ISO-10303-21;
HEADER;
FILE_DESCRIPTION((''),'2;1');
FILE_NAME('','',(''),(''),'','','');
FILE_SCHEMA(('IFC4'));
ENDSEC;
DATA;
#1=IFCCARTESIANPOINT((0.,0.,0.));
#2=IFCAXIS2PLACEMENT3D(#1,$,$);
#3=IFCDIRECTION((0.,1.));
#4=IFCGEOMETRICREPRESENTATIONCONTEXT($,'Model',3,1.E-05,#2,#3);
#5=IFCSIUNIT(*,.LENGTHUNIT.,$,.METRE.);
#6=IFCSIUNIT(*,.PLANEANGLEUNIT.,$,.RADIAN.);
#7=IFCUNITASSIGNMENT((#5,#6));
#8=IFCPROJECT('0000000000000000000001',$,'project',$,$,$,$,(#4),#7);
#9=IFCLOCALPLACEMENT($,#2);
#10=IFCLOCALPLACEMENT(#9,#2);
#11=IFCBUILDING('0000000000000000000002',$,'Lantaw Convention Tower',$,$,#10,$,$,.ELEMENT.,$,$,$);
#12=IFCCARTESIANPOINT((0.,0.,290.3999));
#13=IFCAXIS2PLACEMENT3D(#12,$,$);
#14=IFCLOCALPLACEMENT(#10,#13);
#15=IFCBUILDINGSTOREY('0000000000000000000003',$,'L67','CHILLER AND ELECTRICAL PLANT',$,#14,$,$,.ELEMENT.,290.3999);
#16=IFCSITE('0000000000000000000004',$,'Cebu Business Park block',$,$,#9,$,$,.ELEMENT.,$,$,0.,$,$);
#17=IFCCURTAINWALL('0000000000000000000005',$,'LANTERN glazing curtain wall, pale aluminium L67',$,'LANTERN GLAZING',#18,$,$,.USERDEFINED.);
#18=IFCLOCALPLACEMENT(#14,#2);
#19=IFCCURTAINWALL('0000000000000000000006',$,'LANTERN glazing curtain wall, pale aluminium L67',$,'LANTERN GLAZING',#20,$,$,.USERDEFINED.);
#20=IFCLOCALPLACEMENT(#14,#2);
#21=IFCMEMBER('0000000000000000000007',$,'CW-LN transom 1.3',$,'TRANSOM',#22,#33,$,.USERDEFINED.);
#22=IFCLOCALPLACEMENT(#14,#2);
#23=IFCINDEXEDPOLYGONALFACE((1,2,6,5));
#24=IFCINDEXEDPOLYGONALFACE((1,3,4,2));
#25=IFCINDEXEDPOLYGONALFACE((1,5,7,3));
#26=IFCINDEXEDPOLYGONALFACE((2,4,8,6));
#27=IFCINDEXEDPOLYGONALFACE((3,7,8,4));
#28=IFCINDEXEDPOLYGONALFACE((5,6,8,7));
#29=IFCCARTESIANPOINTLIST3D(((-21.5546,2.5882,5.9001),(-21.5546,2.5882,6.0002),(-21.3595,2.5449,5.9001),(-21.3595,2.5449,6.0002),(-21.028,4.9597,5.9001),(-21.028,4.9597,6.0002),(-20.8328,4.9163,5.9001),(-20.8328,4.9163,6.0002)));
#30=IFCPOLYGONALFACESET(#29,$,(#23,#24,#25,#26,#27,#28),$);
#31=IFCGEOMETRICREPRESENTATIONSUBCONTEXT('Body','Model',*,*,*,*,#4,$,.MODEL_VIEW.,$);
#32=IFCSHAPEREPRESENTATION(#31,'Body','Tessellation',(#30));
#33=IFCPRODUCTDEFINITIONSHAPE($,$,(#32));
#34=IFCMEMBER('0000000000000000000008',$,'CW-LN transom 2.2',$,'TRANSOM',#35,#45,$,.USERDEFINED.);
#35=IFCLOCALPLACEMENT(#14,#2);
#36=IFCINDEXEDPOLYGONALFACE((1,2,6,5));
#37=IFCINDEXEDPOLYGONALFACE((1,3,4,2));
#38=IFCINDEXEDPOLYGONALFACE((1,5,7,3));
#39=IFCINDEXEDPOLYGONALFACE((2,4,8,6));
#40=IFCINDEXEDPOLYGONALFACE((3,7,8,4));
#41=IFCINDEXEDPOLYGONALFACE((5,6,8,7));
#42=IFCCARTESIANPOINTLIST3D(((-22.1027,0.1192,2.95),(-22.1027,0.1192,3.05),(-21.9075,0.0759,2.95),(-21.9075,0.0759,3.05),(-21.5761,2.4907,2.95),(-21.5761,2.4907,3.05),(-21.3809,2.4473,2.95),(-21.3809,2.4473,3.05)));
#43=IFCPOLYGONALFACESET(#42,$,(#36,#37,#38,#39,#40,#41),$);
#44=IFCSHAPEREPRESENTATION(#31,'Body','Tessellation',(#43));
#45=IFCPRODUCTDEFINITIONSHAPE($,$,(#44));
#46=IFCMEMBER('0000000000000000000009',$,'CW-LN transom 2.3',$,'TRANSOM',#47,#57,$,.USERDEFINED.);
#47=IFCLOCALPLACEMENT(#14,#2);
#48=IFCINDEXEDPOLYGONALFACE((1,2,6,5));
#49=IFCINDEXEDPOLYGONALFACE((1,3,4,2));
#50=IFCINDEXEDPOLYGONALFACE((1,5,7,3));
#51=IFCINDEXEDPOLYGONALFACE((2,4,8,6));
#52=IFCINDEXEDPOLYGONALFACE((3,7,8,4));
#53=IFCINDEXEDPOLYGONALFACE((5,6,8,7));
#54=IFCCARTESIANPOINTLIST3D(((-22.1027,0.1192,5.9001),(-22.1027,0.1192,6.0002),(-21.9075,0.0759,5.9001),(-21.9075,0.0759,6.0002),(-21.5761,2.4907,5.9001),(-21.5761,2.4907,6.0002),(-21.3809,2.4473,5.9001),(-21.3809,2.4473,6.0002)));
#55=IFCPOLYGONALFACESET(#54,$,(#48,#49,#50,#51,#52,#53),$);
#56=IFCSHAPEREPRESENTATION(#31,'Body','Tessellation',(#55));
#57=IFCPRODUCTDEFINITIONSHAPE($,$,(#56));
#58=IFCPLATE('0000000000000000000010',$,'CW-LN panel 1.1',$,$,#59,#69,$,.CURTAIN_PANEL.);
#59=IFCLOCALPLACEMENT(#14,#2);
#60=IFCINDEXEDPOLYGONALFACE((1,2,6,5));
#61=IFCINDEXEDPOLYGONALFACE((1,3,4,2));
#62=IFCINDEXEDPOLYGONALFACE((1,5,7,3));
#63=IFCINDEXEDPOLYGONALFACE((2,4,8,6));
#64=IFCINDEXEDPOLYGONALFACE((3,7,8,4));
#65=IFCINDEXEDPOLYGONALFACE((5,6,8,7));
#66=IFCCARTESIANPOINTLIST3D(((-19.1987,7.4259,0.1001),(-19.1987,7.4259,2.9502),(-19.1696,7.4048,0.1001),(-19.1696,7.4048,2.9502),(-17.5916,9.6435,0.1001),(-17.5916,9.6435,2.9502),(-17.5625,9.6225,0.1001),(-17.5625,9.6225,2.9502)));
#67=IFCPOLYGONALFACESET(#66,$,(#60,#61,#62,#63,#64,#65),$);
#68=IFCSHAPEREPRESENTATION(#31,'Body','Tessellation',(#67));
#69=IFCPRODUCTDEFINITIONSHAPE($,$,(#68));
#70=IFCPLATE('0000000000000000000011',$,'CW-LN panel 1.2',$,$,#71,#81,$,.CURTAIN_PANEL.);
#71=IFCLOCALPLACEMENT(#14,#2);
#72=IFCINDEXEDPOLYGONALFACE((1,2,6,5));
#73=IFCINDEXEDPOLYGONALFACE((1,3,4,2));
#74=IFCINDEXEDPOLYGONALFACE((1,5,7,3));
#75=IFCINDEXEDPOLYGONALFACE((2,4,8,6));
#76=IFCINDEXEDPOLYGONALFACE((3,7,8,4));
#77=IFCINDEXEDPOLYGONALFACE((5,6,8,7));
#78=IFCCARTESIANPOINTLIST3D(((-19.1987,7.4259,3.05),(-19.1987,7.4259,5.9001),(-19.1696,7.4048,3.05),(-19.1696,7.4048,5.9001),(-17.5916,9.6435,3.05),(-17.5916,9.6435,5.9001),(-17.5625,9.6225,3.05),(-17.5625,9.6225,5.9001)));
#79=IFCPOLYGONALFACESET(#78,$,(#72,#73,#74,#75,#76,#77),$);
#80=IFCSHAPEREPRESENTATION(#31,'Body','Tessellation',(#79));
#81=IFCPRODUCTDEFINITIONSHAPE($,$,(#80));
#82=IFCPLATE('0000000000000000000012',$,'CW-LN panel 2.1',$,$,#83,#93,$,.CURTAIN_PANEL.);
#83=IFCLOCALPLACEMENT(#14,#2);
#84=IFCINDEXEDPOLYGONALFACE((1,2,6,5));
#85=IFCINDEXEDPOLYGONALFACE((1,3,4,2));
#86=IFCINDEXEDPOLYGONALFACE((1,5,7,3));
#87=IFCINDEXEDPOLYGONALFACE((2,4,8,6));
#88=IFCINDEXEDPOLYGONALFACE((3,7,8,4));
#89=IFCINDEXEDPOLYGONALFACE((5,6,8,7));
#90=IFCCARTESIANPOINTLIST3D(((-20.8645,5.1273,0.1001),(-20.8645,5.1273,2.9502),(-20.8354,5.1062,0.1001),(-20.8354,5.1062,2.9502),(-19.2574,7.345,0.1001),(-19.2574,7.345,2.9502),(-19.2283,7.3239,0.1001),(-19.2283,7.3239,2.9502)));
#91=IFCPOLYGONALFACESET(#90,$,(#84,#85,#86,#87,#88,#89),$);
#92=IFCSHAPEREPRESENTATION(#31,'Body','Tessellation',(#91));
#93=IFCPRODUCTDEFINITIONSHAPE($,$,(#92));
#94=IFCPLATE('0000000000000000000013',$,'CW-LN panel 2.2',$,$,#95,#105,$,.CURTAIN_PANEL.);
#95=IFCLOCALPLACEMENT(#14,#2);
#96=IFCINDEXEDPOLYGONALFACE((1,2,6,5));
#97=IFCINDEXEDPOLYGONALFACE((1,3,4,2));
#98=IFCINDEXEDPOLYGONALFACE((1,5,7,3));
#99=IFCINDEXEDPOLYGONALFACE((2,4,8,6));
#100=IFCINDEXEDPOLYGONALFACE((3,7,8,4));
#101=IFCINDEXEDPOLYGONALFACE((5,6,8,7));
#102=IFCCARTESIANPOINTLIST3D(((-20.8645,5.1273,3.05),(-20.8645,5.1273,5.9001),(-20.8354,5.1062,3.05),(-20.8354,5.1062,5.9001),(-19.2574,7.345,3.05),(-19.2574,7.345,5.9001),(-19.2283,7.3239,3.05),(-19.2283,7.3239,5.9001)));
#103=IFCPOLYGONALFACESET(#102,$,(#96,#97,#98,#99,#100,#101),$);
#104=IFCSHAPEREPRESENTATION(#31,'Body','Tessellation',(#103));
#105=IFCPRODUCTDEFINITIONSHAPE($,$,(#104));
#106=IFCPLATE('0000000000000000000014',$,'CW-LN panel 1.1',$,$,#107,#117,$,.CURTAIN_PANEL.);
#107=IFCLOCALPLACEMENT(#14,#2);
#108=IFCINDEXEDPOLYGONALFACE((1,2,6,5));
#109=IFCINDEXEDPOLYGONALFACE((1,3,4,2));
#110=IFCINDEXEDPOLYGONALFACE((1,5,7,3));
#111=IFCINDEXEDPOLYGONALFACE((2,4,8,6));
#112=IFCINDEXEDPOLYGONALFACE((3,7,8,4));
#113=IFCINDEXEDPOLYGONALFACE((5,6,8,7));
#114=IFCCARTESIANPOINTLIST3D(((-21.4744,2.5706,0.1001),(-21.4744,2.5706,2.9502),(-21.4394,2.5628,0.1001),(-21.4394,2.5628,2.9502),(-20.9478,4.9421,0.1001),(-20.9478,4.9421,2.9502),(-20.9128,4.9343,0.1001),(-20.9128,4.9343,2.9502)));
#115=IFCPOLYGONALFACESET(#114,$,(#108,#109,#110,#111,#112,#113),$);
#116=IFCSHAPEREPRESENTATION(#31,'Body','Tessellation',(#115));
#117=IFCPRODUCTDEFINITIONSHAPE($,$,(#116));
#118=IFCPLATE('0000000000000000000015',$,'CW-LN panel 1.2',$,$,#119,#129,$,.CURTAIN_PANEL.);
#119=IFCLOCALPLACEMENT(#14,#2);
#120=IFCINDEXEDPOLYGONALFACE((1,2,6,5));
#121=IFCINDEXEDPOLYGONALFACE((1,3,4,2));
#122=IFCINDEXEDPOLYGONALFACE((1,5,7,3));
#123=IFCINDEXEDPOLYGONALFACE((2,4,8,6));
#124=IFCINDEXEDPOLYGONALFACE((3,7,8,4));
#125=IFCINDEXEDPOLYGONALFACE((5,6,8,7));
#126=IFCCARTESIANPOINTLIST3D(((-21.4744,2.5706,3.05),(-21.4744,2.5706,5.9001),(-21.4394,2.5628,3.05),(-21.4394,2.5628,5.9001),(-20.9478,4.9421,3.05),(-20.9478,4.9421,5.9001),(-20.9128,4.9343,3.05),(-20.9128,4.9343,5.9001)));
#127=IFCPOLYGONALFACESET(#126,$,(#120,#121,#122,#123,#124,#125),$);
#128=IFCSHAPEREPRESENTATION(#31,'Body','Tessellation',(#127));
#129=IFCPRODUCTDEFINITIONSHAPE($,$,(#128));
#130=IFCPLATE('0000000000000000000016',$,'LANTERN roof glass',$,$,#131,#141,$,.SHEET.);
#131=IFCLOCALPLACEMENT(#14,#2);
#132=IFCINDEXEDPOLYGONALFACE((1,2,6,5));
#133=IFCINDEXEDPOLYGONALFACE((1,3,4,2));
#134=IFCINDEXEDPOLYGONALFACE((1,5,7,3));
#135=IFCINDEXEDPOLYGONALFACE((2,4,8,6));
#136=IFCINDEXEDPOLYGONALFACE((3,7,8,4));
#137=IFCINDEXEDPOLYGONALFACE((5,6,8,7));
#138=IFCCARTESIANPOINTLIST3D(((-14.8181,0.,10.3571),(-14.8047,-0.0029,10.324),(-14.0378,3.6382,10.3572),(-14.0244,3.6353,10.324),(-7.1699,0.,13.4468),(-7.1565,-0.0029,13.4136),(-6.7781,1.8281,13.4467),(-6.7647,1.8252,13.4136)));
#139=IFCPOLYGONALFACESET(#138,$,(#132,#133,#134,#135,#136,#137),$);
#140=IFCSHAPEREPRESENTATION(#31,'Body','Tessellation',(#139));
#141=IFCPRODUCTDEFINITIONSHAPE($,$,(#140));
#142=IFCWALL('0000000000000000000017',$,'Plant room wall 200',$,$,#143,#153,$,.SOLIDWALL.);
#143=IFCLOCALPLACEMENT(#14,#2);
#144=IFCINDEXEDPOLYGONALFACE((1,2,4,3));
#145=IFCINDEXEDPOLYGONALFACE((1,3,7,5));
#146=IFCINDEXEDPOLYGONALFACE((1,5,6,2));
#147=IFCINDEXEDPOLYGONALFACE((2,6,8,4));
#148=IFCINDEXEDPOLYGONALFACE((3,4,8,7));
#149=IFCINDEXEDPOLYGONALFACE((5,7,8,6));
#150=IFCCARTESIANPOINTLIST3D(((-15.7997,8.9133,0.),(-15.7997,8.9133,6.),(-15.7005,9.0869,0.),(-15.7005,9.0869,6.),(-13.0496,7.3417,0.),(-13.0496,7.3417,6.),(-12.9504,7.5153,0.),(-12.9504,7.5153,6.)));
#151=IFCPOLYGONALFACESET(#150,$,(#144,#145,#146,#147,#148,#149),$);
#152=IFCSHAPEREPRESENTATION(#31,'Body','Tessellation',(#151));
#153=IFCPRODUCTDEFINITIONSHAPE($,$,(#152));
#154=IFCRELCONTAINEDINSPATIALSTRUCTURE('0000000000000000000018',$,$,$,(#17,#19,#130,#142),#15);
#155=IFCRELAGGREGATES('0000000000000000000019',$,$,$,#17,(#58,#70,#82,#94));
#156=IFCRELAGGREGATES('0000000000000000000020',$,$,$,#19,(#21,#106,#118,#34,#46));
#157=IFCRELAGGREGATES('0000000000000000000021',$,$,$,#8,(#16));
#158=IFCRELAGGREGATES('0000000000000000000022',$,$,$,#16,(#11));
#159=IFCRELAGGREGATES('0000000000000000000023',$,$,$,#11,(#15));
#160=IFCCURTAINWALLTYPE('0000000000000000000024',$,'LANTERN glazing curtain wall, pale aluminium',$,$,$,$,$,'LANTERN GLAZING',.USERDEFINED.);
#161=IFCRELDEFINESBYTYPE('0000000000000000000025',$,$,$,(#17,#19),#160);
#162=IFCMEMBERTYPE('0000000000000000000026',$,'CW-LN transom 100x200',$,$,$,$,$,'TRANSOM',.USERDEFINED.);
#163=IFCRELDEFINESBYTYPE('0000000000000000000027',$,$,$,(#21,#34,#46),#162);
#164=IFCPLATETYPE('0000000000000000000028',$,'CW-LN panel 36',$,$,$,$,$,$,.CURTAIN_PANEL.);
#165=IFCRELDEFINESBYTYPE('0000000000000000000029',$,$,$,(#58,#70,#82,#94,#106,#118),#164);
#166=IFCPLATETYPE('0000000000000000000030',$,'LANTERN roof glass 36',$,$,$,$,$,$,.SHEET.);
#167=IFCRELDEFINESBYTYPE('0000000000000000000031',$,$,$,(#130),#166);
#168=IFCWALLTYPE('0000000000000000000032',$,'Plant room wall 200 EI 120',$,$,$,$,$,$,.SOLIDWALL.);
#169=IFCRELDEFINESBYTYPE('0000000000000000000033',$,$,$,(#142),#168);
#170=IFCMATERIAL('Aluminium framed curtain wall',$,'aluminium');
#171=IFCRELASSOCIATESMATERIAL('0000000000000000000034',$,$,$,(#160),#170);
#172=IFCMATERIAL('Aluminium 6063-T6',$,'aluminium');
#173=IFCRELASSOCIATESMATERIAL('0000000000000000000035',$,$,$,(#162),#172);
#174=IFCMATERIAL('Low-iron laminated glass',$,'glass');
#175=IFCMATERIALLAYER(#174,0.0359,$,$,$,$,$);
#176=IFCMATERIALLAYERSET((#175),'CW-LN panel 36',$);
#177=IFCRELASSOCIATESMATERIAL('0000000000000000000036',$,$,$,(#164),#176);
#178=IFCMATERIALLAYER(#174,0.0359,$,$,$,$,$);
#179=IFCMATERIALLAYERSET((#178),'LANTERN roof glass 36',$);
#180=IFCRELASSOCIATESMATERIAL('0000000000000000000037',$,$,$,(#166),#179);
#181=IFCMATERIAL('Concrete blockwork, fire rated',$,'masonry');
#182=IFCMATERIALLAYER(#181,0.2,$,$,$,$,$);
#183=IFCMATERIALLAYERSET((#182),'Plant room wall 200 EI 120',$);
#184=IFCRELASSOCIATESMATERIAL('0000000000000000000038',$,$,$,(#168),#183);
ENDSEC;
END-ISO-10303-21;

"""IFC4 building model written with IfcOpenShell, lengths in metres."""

from ifc_helpers import new_model, si_unit, direction, frame, frame_2d, origin, origin_2d, place, context, subcontext, project, spatial, polyline, rectangle, outline, extrude, material, layer, layer_set, material_profile, profile_set, type_object, element, aggregate, save


model = new_model("IFC4")

# Units and contexts
model_context = context("Model", 3, precision=1e-05, world=origin(), true_north=direction((0.0, 1.0)))
body_context = subcontext(model_context, "Body", "Model", "MODEL_VIEW")
ifc_project = project(units=[si_unit("LENGTHUNIT", "METRE"), si_unit("PLANEANGLEUNIT", "RADIAN")], contexts=[model_context])

# Site, building, storey
site_placement = place(None, origin())
site = spatial("IfcSite", under=ifc_project, at=site_placement, Name="Cebu Business Park block", CompositionType="ELEMENT", RefElevation=0.0)
building_placement = place(site_placement, origin())
building = spatial("IfcBuilding", under=site, at=building_placement, Name="Lantaw Convention Tower", CompositionType="ELEMENT")
storey_placement = place(building_placement, frame((0.0, 0.0, 290.3999)))
storey = spatial("IfcBuildingStorey", under=building, at=storey_placement, Name="L67", Description="CHILLER AND ELECTRICAL PLANT", CompositionType="ELEMENT", Elevation=290.3999)

# Curtain walls
ifc_material_1 = material(Name="Aluminium framed curtain wall", Category="aluminium")
curtain_wall_type = type_object("IfcCurtainWallType", Name="LANTERN glazing curtain wall, pale aluminium", ElementType="LANTERN GLAZING", PredefinedType="USERDEFINED", material=ifc_material_1)
curtain_wall_1_placement = place(storey_placement, origin())
curtain_wall_1 = element("IfcCurtainWall", 1, at=curtain_wall_1_placement, inside=storey, type_object=curtain_wall_type, Name="LANTERN glazing curtain wall, pale aluminium L67", ObjectType="LANTERN GLAZING", PredefinedType="USERDEFINED")
ifc_material_2 = material(Name="Aluminium 6063-T6", Category="aluminium")
curtain_wall_2_placement = place(storey_placement, origin())
curtain_wall_2 = element("IfcCurtainWall", 2, at=curtain_wall_2_placement, inside=storey, type_object=curtain_wall_type, Name="LANTERN glazing curtain wall, pale aluminium L67", ObjectType="LANTERN GLAZING", PredefinedType="USERDEFINED")

# Members
ifc_material_profile_1 = material_profile(ifc_material_2, rectangle(XDim=0.2, YDim=0.1001, at=origin_2d()), Name="CW-LN transom 100x200")
ifc_profile_set_1 = profile_set([ifc_material_profile_1], Name="Aluminium 6063-T6")
member_type_1 = type_object("IfcMemberType", Name="CW-LN transom 100x200", ElementType="TRANSOM", PredefinedType="USERDEFINED", material=ifc_profile_set_1)
member_1_placement = place(storey_placement, frame((-20.9304, 4.938, 5.9502), z_axis=(-0.216792, -0.976218, 0.0), x_axis=(0.976218, -0.216792, 0.0)))
member_1 = element("IfcMember", 3, at=member_1_placement, type_object=member_type_1, Name="CW-LN transom 1.3", ObjectType="TRANSOM", PredefinedType="USERDEFINED", context=body_context, shape_type="SweptSolid", body=[
    extrude(rectangle(XDim=0.2, YDim=0.1001, at=origin_2d()), origin(), (0.0, 0.0, 1.0), 2.4292),
])
member_2_placement = place(storey_placement, frame((-21.4785, 2.469, 3.0), z_axis=(-0.216792, -0.976218, 0.0), x_axis=(0.976218, -0.216792, 0.0)))
member_2 = element("IfcMember", 4, at=member_2_placement, type_object=member_type_1, Name="CW-LN transom 2.2", ObjectType="TRANSOM", PredefinedType="USERDEFINED", context=body_context, shape_type="SweptSolid", body=[
    extrude(rectangle(XDim=0.2, YDim=0.1001, at=origin_2d()), origin(), (0.0, 0.0, 1.0), 2.4292),
])
member_3_placement = place(storey_placement, frame((-21.4785, 2.469, 5.9502), z_axis=(-0.216792, -0.976218, 0.0), x_axis=(0.976218, -0.216792, 0.0)))
member_3 = element("IfcMember", 5, at=member_3_placement, type_object=member_type_1, Name="CW-LN transom 2.3", ObjectType="TRANSOM", PredefinedType="USERDEFINED", context=body_context, shape_type="SweptSolid", body=[
    extrude(rectangle(XDim=0.2, YDim=0.1001, at=origin_2d()), origin(), (0.0, 0.0, 1.0), 2.4292),
])

# Plates
ifc_material_3 = material(Name="Low-iron laminated glass", Category="glass")
ifc_layer_1 = layer(ifc_material_3, 0.0359)
ifc_layer_set_1 = layer_set([ifc_layer_1], Name="CW-LN panel 36")
plate_type_1 = type_object("IfcPlateType", Name="CW-LN panel 36", PredefinedType="CURTAIN_PANEL", material=ifc_layer_set_1)
plate_1_placement = place(storey_placement, frame((-18.3806, 8.5242, 0.1001), z_axis=(0.0, 0.0, 1.0), x_axis=(-0.586786, -0.809742, 0.0)))
plate_1 = element("IfcPlate", 6, at=plate_1_placement, type_object=plate_type_1, Name="CW-LN panel 1.1", PredefinedType="CURTAIN_PANEL", context=body_context, shape_type="SweptSolid", body=[
    extrude(rectangle(XDim=2.7388, YDim=0.0359, at=origin_2d()), origin(), (0.0, 0.0, 1.0), 2.8501),
])
plate_2_placement = place(storey_placement, frame((-18.3806, 8.5242, 3.05), z_axis=(0.0, 0.0, 1.0), x_axis=(-0.586786, -0.809742, 0.0)))
plate_2 = element("IfcPlate", 7, at=plate_2_placement, type_object=plate_type_1, Name="CW-LN panel 1.2", PredefinedType="CURTAIN_PANEL", context=body_context, shape_type="SweptSolid", body=[
    extrude(rectangle(XDim=2.7388, YDim=0.0359, at=origin_2d()), origin(), (0.0, 0.0, 1.0), 2.8501),
])
plate_3_placement = place(storey_placement, frame((-20.0464, 6.2256, 0.1001), z_axis=(0.0, 0.0, 1.0), x_axis=(-0.586786, -0.809742, 0.0)))
plate_3 = element("IfcPlate", 8, at=plate_3_placement, type_object=plate_type_1, Name="CW-LN panel 2.1", PredefinedType="CURTAIN_PANEL", context=body_context, shape_type="SweptSolid", body=[
    extrude(rectangle(XDim=2.7388, YDim=0.0359, at=origin_2d()), origin(), (0.0, 0.0, 1.0), 2.8501),
])
plate_4_placement = place(storey_placement, frame((-20.0464, 6.2256, 3.05), z_axis=(0.0, 0.0, 1.0), x_axis=(-0.586786, -0.809742, 0.0)))
plate_4 = element("IfcPlate", 9, at=plate_4_placement, type_object=plate_type_1, Name="CW-LN panel 2.2", PredefinedType="CURTAIN_PANEL", context=body_context, shape_type="SweptSolid", body=[
    extrude(rectangle(XDim=2.7388, YDim=0.0359, at=origin_2d()), origin(), (0.0, 0.0, 1.0), 2.8501),
])
aggregate(curtain_wall_1, [plate_1, plate_2, plate_3, plate_4])
plate_5_placement = place(storey_placement, frame((-21.1936, 3.7524, 0.1001), z_axis=(0.0, 0.0, 1.0), x_axis=(-0.216765, -0.976224, 0.0)))
plate_5 = element("IfcPlate", 10, at=plate_5_placement, type_object=plate_type_1, Name="CW-LN panel 1.1", PredefinedType="CURTAIN_PANEL", context=body_context, shape_type="SweptSolid", body=[
    extrude(rectangle(XDim=2.4292, YDim=0.0359, at=origin_2d()), origin(), (0.0, 0.0, 1.0), 2.8501),
])
plate_6_placement = place(storey_placement, frame((-21.1936, 3.7524, 3.05), z_axis=(0.0, 0.0, 1.0), x_axis=(-0.216765, -0.976224, 0.0)))
plate_6 = element("IfcPlate", 11, at=plate_6_placement, type_object=plate_type_1, Name="CW-LN panel 1.2", PredefinedType="CURTAIN_PANEL", context=body_context, shape_type="SweptSolid", body=[
    extrude(rectangle(XDim=2.4292, YDim=0.0359, at=origin_2d()), origin(), (0.0, 0.0, 1.0), 2.8501),
])
aggregate(curtain_wall_2, [member_1, plate_5, plate_6, member_2, member_3])
ifc_layer_2 = layer(ifc_material_3, 0.0359)
ifc_layer_set_2 = layer_set([ifc_layer_2], Name="LANTERN roof glass 36")
plate_type_2 = type_object("IfcPlateType", Name="LANTERN roof glass 36", PredefinedType="SHEET", material=ifc_layer_set_2)
plate_7_placement = place(storey_placement, frame((-14.0378, 3.6382, 10.3572), z_axis=(-0.373362, 0.080058, 0.924225), x_axis=(-0.209694, -0.977767, -0.000014)))
element("IfcPlate", 12, at=plate_7_placement, inside=storey, type_object=plate_type_2, Name="LANTERN roof glass", PredefinedType="SHEET", context=body_context, shape_type="SweptSolid", body=[
    extrude(outline(polyline([(0.0, 0.0), (3.7209, 0.0), (2.1171, 8.0912), (0.2474, 8.091), (0.0, 0.0)])), origin(), (0.0, 0.0, -1.0), 0.0359),
])

# Wall
ifc_material_4 = material(Name="Concrete blockwork, fire rated", Category="masonry")
ifc_layer_3 = layer(ifc_material_4, 0.2)
ifc_layer_set_3 = layer_set([ifc_layer_3], Name="Plant room wall 200 EI 120")
wall_type_1 = type_object("IfcWallType", Name="Plant room wall 200 EI 120", PredefinedType="SOLIDWALL", material=ifc_layer_set_3)
wall_1_placement = place(storey_placement, frame((-13.0, 7.4285, 0.0), z_axis=(0.0, 0.0, 1.0), x_axis=(-0.868229, 0.496164, 0.0)))
element("IfcWall", 13, at=wall_1_placement, inside=storey, type_object=wall_type_1, Name="Plant room wall 200", PredefinedType="SOLIDWALL", context=body_context, shape_type="SweptSolid", body=[
    extrude(rectangle(XDim=3.1675, YDim=0.2, at=frame_2d((1.5837, 0.0))), origin(), (0.0, 0.0, 1.0), 6.0),
])

save(model, "model.ifc")
